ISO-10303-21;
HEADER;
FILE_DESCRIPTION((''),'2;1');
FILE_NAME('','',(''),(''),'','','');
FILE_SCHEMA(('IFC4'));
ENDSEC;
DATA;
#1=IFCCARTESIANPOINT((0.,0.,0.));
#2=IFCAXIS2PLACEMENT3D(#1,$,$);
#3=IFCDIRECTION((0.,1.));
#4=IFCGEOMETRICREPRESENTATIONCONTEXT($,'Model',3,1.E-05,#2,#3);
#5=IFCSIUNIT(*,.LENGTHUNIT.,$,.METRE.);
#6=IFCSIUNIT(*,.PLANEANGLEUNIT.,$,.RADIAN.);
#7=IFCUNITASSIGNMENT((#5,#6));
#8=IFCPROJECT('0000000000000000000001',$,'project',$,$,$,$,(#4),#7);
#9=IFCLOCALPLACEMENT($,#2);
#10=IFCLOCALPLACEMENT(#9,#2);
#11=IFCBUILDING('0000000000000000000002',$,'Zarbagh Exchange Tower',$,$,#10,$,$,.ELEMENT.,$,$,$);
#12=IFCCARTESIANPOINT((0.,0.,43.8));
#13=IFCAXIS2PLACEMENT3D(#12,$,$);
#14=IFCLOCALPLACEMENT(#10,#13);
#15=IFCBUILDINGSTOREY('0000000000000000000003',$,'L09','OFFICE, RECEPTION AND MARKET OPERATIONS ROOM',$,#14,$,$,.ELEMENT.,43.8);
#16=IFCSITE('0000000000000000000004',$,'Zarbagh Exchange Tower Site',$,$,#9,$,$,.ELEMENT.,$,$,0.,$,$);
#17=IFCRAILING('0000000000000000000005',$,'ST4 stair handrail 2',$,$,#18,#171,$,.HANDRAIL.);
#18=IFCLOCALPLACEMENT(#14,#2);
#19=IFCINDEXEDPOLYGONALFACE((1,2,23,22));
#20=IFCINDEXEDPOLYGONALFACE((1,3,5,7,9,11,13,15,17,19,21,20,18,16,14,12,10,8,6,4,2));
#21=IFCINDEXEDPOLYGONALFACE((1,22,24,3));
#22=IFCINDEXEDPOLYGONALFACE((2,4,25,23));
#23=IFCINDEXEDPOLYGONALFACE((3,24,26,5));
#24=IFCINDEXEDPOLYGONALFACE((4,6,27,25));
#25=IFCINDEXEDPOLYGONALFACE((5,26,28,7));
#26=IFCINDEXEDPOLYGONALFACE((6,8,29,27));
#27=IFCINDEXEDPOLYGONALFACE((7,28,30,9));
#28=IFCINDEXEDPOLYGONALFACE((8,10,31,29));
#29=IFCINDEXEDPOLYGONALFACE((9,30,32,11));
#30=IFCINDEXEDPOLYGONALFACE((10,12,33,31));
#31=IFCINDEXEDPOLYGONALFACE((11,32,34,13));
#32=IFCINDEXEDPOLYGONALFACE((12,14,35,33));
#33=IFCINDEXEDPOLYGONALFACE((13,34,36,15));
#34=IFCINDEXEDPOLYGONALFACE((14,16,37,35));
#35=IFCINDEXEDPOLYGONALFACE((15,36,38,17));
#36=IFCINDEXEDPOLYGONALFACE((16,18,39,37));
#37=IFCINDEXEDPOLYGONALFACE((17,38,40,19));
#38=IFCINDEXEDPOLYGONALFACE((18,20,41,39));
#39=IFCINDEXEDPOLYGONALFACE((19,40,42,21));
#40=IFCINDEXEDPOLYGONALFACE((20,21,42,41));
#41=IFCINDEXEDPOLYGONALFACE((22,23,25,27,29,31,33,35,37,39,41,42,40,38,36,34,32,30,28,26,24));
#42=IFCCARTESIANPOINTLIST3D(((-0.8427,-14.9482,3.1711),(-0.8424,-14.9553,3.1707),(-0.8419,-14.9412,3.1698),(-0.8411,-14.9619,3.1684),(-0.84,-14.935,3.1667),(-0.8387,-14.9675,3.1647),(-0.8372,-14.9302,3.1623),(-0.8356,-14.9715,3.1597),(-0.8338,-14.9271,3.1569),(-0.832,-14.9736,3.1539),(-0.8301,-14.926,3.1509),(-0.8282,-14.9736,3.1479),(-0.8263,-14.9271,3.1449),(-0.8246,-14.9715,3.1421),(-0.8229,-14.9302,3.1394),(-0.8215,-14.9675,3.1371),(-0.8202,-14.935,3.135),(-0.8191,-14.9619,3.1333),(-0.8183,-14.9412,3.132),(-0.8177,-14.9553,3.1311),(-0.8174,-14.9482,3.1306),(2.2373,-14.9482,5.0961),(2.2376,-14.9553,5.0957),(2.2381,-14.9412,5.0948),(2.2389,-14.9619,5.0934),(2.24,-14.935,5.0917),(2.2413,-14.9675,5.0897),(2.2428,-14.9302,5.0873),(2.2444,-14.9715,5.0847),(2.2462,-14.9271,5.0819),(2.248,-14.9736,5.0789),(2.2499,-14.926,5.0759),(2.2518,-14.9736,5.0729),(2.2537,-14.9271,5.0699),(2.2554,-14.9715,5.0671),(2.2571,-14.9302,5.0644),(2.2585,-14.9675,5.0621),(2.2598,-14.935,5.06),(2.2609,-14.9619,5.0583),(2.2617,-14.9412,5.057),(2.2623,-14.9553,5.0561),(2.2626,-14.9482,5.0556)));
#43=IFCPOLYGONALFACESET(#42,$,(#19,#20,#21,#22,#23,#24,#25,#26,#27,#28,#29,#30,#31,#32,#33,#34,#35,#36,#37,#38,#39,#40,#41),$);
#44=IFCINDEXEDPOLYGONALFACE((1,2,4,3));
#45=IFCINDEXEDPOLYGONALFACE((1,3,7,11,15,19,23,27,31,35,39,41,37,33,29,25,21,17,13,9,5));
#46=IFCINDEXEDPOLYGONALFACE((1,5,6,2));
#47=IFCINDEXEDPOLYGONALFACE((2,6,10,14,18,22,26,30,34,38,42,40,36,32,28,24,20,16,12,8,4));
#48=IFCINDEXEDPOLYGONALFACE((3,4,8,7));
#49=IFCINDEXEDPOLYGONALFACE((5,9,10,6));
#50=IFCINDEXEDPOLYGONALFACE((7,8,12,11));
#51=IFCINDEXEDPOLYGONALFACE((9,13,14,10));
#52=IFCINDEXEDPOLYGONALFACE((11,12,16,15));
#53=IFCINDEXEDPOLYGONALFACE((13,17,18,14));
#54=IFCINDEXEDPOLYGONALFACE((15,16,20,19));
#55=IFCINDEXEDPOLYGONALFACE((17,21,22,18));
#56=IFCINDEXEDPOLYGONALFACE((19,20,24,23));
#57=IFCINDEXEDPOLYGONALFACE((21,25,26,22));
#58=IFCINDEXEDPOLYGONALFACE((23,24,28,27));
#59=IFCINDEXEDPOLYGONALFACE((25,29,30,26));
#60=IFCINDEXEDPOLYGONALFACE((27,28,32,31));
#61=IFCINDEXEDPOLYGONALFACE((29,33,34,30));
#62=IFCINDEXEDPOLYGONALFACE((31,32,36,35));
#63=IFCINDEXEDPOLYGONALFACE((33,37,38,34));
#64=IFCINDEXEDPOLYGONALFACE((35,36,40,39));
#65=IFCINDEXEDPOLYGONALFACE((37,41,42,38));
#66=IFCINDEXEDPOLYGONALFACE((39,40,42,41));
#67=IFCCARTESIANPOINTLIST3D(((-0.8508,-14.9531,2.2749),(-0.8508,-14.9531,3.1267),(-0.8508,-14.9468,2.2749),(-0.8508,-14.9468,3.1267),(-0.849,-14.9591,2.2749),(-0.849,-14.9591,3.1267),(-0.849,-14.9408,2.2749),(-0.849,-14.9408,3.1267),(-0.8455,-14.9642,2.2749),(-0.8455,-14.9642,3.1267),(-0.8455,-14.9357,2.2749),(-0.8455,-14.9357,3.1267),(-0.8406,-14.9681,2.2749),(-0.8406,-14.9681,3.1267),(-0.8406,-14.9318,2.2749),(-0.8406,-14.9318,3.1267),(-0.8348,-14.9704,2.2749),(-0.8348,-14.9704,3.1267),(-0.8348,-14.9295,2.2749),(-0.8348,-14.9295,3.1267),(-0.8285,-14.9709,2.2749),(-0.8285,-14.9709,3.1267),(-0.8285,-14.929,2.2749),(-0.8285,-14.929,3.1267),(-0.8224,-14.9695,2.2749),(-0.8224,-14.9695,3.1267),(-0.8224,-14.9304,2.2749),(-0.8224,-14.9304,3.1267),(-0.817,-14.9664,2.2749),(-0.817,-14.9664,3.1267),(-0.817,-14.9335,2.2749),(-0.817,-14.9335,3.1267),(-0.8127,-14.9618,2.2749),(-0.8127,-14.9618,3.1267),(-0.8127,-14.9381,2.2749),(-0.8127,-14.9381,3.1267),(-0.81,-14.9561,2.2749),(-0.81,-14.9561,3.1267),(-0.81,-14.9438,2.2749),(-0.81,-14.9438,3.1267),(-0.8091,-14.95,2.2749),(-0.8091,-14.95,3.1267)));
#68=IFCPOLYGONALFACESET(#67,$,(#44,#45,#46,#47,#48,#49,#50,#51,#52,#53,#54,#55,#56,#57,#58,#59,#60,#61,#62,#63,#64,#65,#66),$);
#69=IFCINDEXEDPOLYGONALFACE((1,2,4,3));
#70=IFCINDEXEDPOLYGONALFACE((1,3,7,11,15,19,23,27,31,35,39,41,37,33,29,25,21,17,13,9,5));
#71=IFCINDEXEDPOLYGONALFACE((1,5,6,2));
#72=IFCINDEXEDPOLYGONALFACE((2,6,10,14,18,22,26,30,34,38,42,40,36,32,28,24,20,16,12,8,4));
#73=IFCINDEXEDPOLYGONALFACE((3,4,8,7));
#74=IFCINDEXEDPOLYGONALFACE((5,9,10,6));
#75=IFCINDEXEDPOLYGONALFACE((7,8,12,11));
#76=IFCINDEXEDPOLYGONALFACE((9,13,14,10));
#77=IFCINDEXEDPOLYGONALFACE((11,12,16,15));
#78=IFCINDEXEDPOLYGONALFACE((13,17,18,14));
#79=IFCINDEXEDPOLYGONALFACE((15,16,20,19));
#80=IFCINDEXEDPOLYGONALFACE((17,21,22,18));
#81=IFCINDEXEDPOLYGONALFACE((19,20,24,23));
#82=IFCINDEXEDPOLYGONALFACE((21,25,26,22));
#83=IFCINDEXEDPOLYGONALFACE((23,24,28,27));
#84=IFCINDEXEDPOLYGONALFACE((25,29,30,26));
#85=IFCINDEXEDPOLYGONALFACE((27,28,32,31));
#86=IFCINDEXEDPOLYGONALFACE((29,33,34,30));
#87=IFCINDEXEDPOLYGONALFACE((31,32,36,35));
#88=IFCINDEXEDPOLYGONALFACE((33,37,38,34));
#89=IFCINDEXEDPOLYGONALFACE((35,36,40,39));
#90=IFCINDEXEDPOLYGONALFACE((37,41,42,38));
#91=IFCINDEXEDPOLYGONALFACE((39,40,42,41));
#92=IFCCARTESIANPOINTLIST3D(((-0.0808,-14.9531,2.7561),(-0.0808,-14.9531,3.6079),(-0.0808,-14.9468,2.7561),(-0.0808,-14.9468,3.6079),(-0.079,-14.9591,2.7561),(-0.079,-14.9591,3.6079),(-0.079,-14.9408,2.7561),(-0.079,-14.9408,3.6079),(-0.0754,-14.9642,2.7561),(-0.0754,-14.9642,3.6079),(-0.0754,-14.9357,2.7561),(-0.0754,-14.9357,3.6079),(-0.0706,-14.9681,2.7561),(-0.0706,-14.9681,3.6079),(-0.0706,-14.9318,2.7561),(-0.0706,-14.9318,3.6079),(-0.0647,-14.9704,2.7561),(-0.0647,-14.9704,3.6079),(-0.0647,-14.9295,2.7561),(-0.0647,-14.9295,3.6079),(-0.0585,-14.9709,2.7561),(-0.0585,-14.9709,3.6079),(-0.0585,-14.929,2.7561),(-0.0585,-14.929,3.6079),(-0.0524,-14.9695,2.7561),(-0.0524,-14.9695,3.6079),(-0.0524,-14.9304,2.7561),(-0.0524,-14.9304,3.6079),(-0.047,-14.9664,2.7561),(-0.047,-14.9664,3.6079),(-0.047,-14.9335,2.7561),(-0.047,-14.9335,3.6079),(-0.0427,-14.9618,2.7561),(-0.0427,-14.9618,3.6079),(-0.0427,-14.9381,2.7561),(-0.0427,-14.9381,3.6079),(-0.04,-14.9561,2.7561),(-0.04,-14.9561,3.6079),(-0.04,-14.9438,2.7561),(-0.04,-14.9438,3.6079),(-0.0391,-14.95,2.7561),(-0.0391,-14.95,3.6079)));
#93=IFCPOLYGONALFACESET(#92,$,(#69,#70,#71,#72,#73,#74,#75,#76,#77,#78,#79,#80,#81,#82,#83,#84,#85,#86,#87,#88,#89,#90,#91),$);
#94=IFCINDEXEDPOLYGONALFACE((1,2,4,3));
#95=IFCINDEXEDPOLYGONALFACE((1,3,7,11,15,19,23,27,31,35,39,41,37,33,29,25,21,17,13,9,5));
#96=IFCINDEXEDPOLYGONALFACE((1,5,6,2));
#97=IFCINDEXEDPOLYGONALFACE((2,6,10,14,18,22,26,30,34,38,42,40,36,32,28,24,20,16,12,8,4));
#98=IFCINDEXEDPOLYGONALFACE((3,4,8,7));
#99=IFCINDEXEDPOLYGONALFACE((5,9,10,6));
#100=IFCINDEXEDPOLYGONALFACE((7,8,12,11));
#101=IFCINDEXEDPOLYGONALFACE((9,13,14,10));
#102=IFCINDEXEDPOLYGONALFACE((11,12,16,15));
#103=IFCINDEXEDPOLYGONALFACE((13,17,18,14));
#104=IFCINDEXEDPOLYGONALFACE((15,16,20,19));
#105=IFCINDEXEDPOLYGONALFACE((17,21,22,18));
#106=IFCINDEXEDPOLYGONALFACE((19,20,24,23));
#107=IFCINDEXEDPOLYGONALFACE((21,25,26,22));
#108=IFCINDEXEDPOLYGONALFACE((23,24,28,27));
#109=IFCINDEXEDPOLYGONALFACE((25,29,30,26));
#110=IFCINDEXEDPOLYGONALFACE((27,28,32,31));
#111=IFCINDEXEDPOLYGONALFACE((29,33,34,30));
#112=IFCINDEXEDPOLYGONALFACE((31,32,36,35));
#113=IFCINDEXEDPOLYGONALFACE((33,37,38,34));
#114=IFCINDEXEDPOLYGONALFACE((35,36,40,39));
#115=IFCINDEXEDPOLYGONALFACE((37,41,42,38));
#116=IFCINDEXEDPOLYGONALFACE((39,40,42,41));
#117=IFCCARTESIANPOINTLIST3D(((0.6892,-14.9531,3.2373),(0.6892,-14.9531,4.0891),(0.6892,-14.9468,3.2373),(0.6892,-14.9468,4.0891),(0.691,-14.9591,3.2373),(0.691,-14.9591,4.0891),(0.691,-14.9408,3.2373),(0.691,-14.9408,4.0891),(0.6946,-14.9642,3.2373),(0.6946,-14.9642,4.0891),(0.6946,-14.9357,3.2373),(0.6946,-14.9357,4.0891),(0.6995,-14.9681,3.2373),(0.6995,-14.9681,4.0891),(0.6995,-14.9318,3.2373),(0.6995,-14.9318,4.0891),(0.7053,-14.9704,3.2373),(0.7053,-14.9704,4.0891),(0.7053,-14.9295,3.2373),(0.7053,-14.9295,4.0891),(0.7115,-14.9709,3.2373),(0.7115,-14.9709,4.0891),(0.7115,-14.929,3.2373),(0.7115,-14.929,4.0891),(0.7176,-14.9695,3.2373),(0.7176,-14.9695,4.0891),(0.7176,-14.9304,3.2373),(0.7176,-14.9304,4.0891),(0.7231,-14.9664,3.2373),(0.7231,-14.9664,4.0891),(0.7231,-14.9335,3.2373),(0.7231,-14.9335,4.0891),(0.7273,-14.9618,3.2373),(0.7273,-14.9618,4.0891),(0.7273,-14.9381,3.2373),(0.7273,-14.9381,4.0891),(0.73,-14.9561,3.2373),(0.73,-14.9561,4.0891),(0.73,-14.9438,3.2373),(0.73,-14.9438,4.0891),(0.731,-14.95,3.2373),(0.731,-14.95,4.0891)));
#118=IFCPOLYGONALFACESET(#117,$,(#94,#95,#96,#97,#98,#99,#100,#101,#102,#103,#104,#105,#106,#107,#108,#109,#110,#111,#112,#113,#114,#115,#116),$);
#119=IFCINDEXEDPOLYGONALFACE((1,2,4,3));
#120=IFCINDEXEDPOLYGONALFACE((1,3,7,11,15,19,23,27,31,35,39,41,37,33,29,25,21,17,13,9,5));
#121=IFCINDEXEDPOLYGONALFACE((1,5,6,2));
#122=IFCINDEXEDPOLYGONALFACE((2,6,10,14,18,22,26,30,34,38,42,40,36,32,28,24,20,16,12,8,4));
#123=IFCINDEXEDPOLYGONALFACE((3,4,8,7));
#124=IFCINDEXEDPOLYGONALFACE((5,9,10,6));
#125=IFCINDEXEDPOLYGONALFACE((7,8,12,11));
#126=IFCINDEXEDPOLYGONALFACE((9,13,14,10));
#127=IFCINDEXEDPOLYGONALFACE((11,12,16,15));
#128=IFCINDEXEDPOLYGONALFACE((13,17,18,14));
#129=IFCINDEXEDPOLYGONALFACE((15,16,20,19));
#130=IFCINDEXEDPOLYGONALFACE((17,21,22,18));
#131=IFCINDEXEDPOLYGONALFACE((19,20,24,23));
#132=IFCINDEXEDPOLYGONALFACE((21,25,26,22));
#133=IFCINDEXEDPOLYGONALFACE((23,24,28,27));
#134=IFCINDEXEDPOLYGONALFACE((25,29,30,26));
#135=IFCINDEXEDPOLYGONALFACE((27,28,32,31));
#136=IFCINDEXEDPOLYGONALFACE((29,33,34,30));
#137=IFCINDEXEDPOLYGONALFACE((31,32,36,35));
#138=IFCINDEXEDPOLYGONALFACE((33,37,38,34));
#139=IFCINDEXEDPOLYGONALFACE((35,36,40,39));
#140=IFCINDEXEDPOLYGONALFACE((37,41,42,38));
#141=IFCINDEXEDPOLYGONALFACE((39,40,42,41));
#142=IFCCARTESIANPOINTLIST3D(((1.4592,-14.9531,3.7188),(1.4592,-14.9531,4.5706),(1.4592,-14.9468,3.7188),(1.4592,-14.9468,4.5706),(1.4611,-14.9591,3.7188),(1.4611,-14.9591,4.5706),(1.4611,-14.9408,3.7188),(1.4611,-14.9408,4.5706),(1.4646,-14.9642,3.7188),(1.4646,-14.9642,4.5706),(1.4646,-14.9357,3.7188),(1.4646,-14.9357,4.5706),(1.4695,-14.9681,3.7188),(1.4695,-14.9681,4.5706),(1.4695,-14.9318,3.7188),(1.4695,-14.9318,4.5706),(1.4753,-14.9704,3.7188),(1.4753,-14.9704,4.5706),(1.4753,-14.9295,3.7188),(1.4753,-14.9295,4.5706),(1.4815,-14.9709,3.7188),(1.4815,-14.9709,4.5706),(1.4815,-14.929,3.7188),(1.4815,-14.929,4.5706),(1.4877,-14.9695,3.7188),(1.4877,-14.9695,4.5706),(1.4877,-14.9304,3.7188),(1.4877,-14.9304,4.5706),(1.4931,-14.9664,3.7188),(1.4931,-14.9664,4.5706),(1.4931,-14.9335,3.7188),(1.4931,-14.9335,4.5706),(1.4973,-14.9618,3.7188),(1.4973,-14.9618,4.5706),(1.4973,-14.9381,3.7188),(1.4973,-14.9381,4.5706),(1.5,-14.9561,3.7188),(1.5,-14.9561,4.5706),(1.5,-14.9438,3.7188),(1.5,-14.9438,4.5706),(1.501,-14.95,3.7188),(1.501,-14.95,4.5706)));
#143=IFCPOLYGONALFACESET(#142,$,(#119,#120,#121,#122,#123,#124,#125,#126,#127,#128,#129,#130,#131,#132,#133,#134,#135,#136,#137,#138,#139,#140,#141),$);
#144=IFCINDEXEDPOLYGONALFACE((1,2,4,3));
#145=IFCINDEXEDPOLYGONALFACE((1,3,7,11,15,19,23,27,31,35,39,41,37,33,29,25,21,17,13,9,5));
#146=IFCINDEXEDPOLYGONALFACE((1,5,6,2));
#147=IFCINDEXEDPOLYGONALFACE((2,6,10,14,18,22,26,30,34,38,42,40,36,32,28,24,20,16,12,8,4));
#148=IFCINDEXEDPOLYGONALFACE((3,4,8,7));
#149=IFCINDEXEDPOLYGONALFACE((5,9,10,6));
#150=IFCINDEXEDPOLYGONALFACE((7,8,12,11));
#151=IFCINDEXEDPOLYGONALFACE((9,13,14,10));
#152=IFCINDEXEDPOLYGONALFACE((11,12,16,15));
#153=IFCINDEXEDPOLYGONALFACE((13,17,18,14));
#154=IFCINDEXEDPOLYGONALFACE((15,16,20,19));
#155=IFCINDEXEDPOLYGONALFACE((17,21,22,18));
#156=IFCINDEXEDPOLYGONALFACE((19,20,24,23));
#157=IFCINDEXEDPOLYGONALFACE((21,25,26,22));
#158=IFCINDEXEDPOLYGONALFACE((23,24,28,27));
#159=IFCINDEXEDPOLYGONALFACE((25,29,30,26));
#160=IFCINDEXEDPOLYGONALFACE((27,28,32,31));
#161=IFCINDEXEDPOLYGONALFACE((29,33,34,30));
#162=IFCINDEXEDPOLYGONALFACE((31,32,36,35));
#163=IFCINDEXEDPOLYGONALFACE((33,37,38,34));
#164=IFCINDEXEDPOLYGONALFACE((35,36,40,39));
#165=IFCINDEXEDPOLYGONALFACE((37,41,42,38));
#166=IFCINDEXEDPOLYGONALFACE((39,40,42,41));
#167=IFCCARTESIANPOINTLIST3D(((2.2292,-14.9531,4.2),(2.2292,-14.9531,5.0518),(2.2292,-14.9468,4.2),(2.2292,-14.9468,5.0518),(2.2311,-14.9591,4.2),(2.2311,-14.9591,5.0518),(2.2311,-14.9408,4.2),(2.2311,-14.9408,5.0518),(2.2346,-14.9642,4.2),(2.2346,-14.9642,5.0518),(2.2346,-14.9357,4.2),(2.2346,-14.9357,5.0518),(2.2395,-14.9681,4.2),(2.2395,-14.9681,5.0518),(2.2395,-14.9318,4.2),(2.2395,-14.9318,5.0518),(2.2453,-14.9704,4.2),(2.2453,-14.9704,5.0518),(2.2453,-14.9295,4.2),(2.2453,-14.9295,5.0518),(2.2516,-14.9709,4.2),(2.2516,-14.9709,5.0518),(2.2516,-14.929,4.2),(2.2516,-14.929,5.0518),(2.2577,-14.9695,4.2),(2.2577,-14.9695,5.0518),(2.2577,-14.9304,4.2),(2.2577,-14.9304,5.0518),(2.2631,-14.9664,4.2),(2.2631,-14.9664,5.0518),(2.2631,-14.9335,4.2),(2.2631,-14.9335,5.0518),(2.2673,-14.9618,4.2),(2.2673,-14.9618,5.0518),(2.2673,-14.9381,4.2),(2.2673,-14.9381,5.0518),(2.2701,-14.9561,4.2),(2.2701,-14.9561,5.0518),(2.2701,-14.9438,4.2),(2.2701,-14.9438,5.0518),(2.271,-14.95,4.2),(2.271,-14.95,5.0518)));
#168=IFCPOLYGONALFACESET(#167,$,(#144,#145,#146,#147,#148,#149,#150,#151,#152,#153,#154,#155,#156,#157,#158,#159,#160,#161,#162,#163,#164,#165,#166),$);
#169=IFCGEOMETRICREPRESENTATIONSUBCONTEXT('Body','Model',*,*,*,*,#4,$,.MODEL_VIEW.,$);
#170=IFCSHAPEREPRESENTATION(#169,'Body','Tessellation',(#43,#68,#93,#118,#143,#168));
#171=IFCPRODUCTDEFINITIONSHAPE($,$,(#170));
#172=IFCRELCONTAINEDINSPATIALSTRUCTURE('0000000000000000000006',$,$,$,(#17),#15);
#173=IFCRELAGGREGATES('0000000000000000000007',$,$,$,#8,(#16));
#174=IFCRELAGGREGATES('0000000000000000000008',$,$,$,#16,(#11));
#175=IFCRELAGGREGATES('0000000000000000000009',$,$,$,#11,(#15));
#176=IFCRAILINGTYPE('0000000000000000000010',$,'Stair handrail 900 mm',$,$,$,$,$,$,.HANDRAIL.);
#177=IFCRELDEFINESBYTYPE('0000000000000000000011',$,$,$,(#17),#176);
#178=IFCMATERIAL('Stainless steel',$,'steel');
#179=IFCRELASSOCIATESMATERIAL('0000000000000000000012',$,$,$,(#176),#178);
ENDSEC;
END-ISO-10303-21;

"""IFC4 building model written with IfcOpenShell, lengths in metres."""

from ifc_helpers import new_model, si_unit, direction, frame, origin, origin_2d, place, context, subcontext, project, spatial, circle, extrude, material, type_object, element, save


model = new_model("IFC4")

# Units and contexts
model_context = context("Model", 3, precision=1e-05, world=origin(), true_north=direction((0.0, 1.0)))
body_context = subcontext(model_context, "Body", "Model", "MODEL_VIEW")
ifc_project = project(units=[si_unit("LENGTHUNIT", "METRE"), si_unit("PLANEANGLEUNIT", "RADIAN")], contexts=[model_context])

# Site, building, storey
site_placement = place(None, origin())
site = spatial("IfcSite", under=ifc_project, at=site_placement, Name="Zarbagh Exchange Tower Site", CompositionType="ELEMENT", RefElevation=0.0)
building_placement = place(site_placement, origin())
building = spatial("IfcBuilding", under=site, at=building_placement, Name="Zarbagh Exchange Tower", CompositionType="ELEMENT")
storey_placement = place(building_placement, frame((0.0, 0.0, 43.8)))
storey = spatial("IfcBuildingStorey", under=building, at=storey_placement, Name="L09", Description="OFFICE, RECEPTION AND MARKET OPERATIONS ROOM", CompositionType="ELEMENT", Elevation=43.8)

# Shared definitions
ifc_material_1 = material(Name="Stainless steel", Category="steel")

# Railing
railing_type_1 = type_object("IfcRailingType", Name="Stair handrail 900 mm", PredefinedType="HANDRAIL", material=ifc_material_1)
railing_1_placement = place(storey_placement, frame((-0.8301, -14.95, 2.2749)))
element("IfcRailing", 1, at=railing_1_placement, inside=storey, type_object=railing_type_1, Name="ST4 stair handrail 2", PredefinedType="HANDRAIL", context=body_context, shape_type="SweptSolid", body=[
    extrude(circle(Radius=0.0239, at=origin_2d()), frame((0.0, 0.0, 0.876), z_axis=(0.847998, 0.0, 0.529999), x_axis=(0.0, 1.0, 0.0)), (0.0, 0.0, 1.0), 3.6321),
    extrude(circle(Radius=0.021, at=origin_2d()), origin(), (0.0, 0.0, 1.0), 0.8518),
    extrude(circle(Radius=0.021, at=origin_2d()), frame((0.77, 0.0, 0.4812)), (0.0, 0.0, 1.0), 0.8518),
    extrude(circle(Radius=0.021, at=origin_2d()), frame((1.54, 0.0, 0.9624)), (0.0, 0.0, 1.0), 0.8518),
    extrude(circle(Radius=0.021, at=origin_2d()), frame((2.3101, 0.0, 1.4438)), (0.0, 0.0, 1.0), 0.8518),
    extrude(circle(Radius=0.021, at=origin_2d()), frame((3.0801, 0.0, 1.925)), (0.0, 0.0, 1.0), 0.8518),
])

save(model, "model.ifc")
